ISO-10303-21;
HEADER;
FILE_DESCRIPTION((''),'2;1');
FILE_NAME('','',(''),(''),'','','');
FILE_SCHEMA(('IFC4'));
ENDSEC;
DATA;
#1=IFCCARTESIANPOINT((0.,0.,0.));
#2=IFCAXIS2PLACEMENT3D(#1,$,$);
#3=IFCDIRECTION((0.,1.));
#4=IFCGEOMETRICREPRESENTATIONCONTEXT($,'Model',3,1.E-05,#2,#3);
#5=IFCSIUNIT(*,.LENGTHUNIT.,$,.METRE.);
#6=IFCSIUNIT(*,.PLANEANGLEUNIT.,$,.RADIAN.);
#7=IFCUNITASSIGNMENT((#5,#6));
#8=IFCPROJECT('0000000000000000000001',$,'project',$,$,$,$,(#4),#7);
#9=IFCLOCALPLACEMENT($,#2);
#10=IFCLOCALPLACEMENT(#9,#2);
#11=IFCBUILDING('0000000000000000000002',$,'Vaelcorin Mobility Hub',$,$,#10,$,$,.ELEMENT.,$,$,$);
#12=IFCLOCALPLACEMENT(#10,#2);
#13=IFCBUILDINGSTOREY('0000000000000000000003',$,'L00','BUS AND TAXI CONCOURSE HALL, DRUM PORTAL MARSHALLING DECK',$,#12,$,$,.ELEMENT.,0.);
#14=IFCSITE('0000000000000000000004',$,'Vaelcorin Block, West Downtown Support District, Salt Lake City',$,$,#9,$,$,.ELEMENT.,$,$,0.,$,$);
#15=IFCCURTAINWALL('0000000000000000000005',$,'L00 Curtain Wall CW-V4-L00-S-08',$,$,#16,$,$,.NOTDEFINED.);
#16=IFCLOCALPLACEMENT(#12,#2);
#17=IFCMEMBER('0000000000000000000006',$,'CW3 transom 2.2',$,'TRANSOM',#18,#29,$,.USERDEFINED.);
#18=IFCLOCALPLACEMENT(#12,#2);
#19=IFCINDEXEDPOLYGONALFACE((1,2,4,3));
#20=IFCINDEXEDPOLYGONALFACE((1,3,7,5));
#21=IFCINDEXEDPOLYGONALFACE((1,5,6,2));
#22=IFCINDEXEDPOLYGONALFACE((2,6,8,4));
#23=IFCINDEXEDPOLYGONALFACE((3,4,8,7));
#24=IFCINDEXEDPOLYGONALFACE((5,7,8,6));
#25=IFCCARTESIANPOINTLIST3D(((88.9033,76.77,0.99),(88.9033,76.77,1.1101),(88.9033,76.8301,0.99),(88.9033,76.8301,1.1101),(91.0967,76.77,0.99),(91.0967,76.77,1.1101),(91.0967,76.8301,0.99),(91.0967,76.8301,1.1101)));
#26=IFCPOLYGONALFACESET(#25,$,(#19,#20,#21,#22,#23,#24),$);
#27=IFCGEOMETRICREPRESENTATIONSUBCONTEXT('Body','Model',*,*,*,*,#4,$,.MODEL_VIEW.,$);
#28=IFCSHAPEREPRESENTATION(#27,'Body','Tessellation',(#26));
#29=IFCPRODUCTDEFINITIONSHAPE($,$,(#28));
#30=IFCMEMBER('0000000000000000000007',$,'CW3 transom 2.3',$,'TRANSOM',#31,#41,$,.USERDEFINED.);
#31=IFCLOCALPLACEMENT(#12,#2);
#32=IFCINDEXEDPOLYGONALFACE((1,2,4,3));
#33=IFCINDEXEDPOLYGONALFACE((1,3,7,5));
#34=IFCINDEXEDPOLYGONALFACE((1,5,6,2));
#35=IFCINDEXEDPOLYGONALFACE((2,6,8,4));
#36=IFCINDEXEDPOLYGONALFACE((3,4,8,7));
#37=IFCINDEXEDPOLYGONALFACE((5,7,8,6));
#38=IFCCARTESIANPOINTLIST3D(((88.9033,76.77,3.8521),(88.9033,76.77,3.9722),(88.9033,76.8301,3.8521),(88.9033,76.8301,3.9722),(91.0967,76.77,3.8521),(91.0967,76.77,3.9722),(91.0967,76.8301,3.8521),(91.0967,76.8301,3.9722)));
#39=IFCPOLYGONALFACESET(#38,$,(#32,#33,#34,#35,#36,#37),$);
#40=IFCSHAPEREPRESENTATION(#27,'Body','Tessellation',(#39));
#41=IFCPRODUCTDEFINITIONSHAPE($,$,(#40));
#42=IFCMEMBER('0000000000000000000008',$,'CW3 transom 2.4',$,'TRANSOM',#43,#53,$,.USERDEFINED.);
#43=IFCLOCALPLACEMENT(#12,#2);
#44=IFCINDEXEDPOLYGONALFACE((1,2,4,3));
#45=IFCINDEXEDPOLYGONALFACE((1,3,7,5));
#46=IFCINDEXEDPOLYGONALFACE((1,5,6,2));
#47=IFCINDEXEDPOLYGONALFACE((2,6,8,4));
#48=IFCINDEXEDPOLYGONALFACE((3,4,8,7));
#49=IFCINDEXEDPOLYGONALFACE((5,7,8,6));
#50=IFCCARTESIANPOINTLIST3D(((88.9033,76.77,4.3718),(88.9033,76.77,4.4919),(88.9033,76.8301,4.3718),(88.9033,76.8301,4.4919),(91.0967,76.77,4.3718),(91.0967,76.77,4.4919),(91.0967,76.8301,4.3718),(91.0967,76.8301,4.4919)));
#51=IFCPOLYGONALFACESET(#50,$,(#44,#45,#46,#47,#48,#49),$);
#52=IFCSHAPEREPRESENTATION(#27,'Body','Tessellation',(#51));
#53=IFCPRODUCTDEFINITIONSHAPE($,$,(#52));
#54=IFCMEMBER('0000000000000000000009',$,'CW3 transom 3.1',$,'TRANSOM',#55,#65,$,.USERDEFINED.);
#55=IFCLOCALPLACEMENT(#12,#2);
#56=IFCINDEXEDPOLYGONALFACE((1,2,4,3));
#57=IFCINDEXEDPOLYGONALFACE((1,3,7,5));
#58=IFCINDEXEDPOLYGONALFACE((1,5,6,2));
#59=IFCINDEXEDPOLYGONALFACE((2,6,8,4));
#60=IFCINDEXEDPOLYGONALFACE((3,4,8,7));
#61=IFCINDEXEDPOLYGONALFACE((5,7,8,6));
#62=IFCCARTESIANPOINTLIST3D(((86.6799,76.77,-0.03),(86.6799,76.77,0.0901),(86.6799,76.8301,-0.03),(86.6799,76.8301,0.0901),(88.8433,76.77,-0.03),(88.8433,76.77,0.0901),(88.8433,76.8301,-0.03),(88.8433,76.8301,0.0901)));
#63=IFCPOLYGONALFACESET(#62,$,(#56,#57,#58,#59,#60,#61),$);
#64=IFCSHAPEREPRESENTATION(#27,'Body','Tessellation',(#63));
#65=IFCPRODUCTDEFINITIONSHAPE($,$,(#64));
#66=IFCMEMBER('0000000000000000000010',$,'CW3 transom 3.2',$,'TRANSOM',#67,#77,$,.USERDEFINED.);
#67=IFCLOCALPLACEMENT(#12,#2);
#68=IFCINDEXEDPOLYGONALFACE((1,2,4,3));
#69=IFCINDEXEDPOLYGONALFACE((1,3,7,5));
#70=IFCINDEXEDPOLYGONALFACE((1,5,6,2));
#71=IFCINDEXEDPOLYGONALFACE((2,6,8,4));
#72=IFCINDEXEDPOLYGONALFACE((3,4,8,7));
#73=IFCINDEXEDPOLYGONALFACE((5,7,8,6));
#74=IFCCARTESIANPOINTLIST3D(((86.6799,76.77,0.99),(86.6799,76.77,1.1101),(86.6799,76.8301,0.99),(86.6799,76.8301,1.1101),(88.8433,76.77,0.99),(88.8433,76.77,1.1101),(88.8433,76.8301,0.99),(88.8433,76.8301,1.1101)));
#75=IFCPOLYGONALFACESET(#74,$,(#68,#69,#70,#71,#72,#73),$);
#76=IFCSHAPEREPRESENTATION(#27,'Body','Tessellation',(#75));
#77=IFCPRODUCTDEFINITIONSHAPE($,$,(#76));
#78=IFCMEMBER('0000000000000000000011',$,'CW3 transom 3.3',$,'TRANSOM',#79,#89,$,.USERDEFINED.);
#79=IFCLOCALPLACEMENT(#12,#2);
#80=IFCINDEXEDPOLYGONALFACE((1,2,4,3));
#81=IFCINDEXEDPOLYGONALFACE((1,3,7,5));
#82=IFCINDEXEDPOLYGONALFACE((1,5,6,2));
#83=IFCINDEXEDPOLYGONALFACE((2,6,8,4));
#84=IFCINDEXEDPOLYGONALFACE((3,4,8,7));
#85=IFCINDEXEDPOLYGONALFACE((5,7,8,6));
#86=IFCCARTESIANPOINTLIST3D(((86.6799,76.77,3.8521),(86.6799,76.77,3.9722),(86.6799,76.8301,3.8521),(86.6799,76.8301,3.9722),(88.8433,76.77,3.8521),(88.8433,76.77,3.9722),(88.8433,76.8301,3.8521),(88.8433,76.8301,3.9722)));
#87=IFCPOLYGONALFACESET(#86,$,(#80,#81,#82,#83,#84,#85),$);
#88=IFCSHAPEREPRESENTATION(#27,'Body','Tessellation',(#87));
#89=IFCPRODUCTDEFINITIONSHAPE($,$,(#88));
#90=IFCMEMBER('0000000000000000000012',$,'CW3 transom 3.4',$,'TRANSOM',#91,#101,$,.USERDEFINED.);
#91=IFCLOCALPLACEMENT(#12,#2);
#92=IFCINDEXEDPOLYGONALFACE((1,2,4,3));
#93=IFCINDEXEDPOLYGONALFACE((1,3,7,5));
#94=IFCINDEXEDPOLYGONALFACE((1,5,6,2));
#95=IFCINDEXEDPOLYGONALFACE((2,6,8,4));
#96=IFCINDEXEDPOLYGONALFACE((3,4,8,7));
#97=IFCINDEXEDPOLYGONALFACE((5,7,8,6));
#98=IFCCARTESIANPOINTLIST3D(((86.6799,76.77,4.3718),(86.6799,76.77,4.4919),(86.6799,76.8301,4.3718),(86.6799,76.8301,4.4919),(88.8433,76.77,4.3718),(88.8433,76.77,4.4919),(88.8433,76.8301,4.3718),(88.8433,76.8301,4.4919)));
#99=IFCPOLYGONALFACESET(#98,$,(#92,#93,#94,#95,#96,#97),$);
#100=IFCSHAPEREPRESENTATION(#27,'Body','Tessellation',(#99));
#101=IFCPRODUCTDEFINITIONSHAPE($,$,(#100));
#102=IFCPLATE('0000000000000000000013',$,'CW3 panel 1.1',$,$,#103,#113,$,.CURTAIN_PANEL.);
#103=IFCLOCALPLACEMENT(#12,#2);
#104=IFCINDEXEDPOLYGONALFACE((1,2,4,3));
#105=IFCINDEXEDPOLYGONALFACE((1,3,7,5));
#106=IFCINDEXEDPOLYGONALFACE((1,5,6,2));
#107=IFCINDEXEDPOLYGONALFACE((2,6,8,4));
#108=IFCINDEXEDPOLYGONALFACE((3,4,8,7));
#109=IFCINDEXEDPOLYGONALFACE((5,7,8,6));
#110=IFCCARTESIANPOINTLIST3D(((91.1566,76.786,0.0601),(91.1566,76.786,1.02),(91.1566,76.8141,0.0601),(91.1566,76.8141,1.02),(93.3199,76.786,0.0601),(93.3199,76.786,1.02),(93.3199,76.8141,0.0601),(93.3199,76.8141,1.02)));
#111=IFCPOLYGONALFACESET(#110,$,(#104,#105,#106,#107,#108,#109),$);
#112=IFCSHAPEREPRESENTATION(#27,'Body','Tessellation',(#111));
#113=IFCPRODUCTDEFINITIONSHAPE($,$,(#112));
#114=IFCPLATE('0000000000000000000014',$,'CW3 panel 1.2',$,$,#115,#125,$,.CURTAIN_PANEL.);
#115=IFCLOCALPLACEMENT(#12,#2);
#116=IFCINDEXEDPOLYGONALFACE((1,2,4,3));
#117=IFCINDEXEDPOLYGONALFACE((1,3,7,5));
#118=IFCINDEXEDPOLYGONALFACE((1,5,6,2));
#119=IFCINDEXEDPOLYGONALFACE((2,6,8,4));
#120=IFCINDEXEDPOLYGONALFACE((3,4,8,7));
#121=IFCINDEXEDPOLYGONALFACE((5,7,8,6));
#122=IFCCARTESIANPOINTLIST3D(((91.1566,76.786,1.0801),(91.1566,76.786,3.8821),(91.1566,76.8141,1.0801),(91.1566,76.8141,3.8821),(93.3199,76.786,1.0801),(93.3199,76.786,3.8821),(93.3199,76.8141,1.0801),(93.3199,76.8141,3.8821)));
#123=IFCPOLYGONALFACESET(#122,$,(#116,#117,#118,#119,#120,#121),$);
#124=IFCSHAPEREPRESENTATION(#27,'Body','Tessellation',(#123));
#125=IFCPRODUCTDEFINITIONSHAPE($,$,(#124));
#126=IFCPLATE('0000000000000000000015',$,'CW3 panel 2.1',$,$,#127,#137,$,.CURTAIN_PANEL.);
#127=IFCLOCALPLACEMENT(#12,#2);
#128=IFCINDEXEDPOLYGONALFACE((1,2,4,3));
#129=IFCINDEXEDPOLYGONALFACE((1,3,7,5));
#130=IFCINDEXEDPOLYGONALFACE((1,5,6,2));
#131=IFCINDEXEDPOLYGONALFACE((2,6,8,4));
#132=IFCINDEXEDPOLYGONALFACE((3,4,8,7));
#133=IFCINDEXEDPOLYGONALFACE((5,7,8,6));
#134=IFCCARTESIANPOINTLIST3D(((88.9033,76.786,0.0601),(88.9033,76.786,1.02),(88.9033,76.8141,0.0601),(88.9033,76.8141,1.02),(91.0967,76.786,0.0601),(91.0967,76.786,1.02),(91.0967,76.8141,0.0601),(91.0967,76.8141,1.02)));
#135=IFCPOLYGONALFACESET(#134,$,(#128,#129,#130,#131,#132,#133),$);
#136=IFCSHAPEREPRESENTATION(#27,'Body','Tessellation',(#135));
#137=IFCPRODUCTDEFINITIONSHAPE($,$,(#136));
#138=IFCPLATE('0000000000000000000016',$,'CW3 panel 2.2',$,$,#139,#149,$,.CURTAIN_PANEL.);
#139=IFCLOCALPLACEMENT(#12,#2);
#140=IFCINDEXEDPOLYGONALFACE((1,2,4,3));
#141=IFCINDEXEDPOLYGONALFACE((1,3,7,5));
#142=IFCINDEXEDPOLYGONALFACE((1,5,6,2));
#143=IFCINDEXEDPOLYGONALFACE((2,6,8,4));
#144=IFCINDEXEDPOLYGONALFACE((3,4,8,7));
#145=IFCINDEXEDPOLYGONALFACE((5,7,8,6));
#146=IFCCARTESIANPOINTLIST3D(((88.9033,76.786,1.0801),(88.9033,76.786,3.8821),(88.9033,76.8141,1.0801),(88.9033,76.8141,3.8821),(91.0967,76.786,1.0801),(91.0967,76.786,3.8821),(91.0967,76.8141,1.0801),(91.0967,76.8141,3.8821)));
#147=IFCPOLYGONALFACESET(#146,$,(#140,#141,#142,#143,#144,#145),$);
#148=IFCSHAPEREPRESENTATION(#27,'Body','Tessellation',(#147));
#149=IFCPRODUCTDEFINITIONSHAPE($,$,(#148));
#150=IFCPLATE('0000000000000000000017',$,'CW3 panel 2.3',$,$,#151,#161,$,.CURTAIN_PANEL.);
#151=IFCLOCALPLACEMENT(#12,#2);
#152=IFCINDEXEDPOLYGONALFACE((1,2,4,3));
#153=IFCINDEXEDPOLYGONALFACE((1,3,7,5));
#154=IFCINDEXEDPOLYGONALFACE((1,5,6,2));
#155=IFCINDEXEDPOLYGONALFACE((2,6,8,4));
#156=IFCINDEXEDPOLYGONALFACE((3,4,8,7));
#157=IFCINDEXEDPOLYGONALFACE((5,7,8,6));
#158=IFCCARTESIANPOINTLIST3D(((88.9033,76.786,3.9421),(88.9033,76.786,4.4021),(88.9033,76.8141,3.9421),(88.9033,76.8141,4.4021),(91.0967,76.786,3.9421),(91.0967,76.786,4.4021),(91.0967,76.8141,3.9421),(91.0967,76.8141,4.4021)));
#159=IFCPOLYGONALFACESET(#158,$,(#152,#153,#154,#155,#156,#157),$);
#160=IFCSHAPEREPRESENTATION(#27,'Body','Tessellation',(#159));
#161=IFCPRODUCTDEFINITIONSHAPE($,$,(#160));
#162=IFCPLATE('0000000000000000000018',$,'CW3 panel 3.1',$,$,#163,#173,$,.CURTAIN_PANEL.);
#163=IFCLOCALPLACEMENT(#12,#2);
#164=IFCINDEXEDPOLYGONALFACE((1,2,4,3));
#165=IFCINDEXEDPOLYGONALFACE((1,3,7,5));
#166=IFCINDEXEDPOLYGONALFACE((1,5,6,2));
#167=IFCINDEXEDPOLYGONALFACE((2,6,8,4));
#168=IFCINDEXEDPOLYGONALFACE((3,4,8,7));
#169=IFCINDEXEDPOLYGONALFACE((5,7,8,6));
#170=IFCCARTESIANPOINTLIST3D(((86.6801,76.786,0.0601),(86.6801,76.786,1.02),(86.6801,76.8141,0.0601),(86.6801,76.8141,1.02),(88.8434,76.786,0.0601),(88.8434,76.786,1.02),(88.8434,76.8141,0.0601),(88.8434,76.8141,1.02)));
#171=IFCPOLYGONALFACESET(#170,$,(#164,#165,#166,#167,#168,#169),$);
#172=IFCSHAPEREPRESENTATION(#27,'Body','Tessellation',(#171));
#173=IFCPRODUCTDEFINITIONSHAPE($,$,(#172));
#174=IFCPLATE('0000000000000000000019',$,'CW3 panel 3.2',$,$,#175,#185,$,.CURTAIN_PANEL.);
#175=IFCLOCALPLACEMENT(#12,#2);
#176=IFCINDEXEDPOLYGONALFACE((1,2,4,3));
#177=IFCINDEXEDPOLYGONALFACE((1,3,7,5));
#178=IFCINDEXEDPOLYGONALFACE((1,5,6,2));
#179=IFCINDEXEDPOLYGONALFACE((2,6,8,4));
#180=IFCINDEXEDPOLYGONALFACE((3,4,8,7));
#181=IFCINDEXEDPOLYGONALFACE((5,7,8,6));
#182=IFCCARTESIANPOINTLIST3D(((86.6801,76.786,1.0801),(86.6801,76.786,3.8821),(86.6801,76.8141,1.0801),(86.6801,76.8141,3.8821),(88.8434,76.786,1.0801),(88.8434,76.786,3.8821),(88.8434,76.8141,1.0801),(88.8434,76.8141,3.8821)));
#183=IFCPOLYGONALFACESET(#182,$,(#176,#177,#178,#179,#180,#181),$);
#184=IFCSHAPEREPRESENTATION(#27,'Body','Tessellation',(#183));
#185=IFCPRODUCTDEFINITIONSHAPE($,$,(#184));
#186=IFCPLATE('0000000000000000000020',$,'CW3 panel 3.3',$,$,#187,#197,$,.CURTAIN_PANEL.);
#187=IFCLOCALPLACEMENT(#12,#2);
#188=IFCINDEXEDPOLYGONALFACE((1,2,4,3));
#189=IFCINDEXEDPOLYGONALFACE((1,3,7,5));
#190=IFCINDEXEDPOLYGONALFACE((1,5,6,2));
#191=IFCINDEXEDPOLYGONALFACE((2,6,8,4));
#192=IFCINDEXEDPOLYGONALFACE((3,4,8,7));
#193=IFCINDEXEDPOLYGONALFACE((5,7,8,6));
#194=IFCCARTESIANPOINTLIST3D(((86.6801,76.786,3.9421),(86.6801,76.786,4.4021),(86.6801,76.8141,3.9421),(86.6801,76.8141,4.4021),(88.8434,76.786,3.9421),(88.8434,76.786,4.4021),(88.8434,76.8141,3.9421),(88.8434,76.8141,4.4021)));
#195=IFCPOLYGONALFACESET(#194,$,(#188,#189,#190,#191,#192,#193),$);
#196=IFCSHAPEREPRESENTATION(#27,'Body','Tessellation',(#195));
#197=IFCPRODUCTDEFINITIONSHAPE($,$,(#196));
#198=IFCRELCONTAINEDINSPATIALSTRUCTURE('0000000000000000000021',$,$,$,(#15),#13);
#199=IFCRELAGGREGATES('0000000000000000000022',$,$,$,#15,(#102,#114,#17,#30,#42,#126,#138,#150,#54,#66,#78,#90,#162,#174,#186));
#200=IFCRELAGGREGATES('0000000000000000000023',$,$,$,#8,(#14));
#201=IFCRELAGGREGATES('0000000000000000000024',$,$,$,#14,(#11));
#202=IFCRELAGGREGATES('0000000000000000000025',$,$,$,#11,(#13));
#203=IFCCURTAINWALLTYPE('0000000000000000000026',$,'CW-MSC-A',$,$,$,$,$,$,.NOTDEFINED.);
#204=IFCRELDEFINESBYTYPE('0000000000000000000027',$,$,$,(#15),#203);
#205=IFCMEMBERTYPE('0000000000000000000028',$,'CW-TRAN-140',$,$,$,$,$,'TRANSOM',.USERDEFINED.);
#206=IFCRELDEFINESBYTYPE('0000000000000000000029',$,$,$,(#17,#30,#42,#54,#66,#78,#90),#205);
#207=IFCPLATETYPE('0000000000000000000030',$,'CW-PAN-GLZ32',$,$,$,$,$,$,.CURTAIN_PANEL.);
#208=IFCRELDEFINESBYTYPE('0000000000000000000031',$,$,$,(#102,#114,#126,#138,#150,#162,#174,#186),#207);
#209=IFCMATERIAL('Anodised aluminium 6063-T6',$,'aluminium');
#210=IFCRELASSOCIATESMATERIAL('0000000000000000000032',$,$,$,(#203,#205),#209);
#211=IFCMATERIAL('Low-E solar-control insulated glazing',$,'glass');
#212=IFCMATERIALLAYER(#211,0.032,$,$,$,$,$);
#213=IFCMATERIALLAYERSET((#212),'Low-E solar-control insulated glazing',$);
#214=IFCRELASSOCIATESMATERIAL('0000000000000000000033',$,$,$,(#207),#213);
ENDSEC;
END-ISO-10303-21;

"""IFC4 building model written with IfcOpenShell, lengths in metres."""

from ifc_helpers import new_model, si_unit, direction, frame, origin, origin_2d, place, context, subcontext, project, spatial, rectangle, extrude, material, layer, layer_set, material_profile, profile_set, type_object, element, aggregate, save


model = new_model("IFC4")

# Units and contexts
model_context = context("Model", 3, precision=1e-05, world=origin(), true_north=direction((0.0, 1.0)))
body_context = subcontext(model_context, "Body", "Model", "MODEL_VIEW")
ifc_project = project(units=[si_unit("LENGTHUNIT", "METRE"), si_unit("PLANEANGLEUNIT", "RADIAN")], contexts=[model_context])

# Site, building, storey
site_placement = place(None, origin())
site = spatial("IfcSite", under=ifc_project, at=site_placement, Name="Vaelcorin Block, West Downtown Support District, Salt Lake City", CompositionType="ELEMENT", RefElevation=0.0)
building_placement = place(site_placement, origin())
building = spatial("IfcBuilding", under=site, at=building_placement, Name="Vaelcorin Mobility Hub", CompositionType="ELEMENT")
storey_placement = place(building_placement, origin())
storey = spatial("IfcBuildingStorey", under=building, at=storey_placement, Name="L00", Description="BUS AND TAXI CONCOURSE HALL, DRUM PORTAL MARSHALLING DECK", CompositionType="ELEMENT", Elevation=0.0)

# Shared definitions
ifc_material_1 = material(Name="Anodised aluminium 6063-T6", Category="aluminium")
curtain_wall_type = type_object("IfcCurtainWallType", Name="CW-MSC-A", PredefinedType="NOTDEFINED", material=ifc_material_1)

# Curtain wall
curtain_wall_1_placement = place(storey_placement, origin())
curtain_wall_1 = element("IfcCurtainWall", 1, at=curtain_wall_1_placement, inside=storey, type_object=curtain_wall_type, Name="L00 Curtain Wall CW-V4-L00-S-08", PredefinedType="NOTDEFINED")

# Members
ifc_material_profile_1 = material_profile(ifc_material_1, rectangle(XDim=0.0601, YDim=0.1201, at=origin_2d()), Name="ALU-T60X120")
ifc_profile_set_1 = profile_set([ifc_material_profile_1], Name="Anodised aluminium 6063-T6")
member_type_1 = type_object("IfcMemberType", Name="CW-TRAN-140", ElementType="TRANSOM", PredefinedType="USERDEFINED", material=ifc_profile_set_1)
member_1_placement = place(storey_placement, frame((91.0967, 76.8, 1.05), z_axis=(-1.0, 0.0, 0.0), x_axis=(0.0, -1.0, 0.0)))
member_1 = element("IfcMember", 2, at=member_1_placement, type_object=member_type_1, Name="CW3 transom 2.2", ObjectType="TRANSOM", PredefinedType="USERDEFINED", context=body_context, shape_type="SweptSolid", body=[
    extrude(rectangle(XDim=0.0601, YDim=0.1201, at=origin_2d()), origin(), (0.0, 0.0, 1.0), 2.1934),
])
member_2_placement = place(storey_placement, frame((91.0967, 76.8, 3.9121), z_axis=(-1.0, 0.0, 0.0), x_axis=(0.0, -1.0, 0.0)))
member_2 = element("IfcMember", 3, at=member_2_placement, type_object=member_type_1, Name="CW3 transom 2.3", ObjectType="TRANSOM", PredefinedType="USERDEFINED", context=body_context, shape_type="SweptSolid", body=[
    extrude(rectangle(XDim=0.0601, YDim=0.1201, at=origin_2d()), origin(), (0.0, 0.0, 1.0), 2.1934),
])
member_3_placement = place(storey_placement, frame((91.0967, 76.8, 4.4319), z_axis=(-1.0, 0.0, 0.0), x_axis=(0.0, -1.0, 0.0)))
member_3 = element("IfcMember", 4, at=member_3_placement, type_object=member_type_1, Name="CW3 transom 2.4", ObjectType="TRANSOM", PredefinedType="USERDEFINED", context=body_context, shape_type="SweptSolid", body=[
    extrude(rectangle(XDim=0.0601, YDim=0.1201, at=origin_2d()), origin(), (0.0, 0.0, 1.0), 2.1934),
])
member_4_placement = place(storey_placement, frame((88.8433, 76.8, 0.03), z_axis=(-1.0, 0.0, 0.0), x_axis=(0.0, -1.0, 0.0)))
member_4 = element("IfcMember", 5, at=member_4_placement, type_object=member_type_1, Name="CW3 transom 3.1", ObjectType="TRANSOM", PredefinedType="USERDEFINED", context=body_context, shape_type="SweptSolid", body=[
    extrude(rectangle(XDim=0.0601, YDim=0.1201, at=origin_2d()), origin(), (0.0, 0.0, 1.0), 2.1633),
])
member_5_placement = place(storey_placement, frame((88.8433, 76.8, 1.05), z_axis=(-1.0, 0.0, 0.0), x_axis=(0.0, -1.0, 0.0)))
member_5 = element("IfcMember", 6, at=member_5_placement, type_object=member_type_1, Name="CW3 transom 3.2", ObjectType="TRANSOM", PredefinedType="USERDEFINED", context=body_context, shape_type="SweptSolid", body=[
    extrude(rectangle(XDim=0.0601, YDim=0.1201, at=origin_2d()), origin(), (0.0, 0.0, 1.0), 2.1633),
])
member_6_placement = place(storey_placement, frame((88.8433, 76.8, 3.9121), z_axis=(-1.0, 0.0, 0.0), x_axis=(0.0, -1.0, 0.0)))
member_6 = element("IfcMember", 7, at=member_6_placement, type_object=member_type_1, Name="CW3 transom 3.3", ObjectType="TRANSOM", PredefinedType="USERDEFINED", context=body_context, shape_type="SweptSolid", body=[
    extrude(rectangle(XDim=0.0601, YDim=0.1201, at=origin_2d()), origin(), (0.0, 0.0, 1.0), 2.1633),
])
member_7_placement = place(storey_placement, frame((88.8433, 76.8, 4.4319), z_axis=(-1.0, 0.0, 0.0), x_axis=(0.0, -1.0, 0.0)))
member_7 = element("IfcMember", 8, at=member_7_placement, type_object=member_type_1, Name="CW3 transom 3.4", ObjectType="TRANSOM", PredefinedType="USERDEFINED", context=body_context, shape_type="SweptSolid", body=[
    extrude(rectangle(XDim=0.0601, YDim=0.1201, at=origin_2d()), origin(), (0.0, 0.0, 1.0), 2.1633),
])

# Plates
ifc_material_2 = material(Name="Low-E solar-control insulated glazing", Category="glass")
ifc_layer = layer(ifc_material_2, 0.032)
ifc_layer_set = layer_set([ifc_layer], Name="Low-E solar-control insulated glazing")
plate_type = type_object("IfcPlateType", Name="CW-PAN-GLZ32", PredefinedType="CURTAIN_PANEL", material=ifc_layer_set)
plate_1_placement = place(storey_placement, frame((92.2383, 76.8, 0.0601), z_axis=(0.0, 0.0, 1.0), x_axis=(-1.0, 0.0, 0.0)))
plate_1 = element("IfcPlate", 9, at=plate_1_placement, type_object=plate_type, Name="CW3 panel 1.1", PredefinedType="CURTAIN_PANEL", context=body_context, shape_type="SweptSolid", body=[
    extrude(rectangle(XDim=2.1633, YDim=0.0281, at=origin_2d()), origin(), (0.0, 0.0, 1.0), 0.96),
])
plate_2_placement = place(storey_placement, frame((92.2383, 76.8, 1.0801), z_axis=(0.0, 0.0, 1.0), x_axis=(-1.0, 0.0, 0.0)))
plate_2 = element("IfcPlate", 10, at=plate_2_placement, type_object=plate_type, Name="CW3 panel 1.2", PredefinedType="CURTAIN_PANEL", context=body_context, shape_type="SweptSolid", body=[
    extrude(rectangle(XDim=2.1633, YDim=0.0281, at=origin_2d()), origin(), (0.0, 0.0, 1.0), 2.802),
])
plate_3_placement = place(storey_placement, frame((90.0, 76.8, 0.0601), z_axis=(0.0, 0.0, 1.0), x_axis=(-1.0, 0.0, 0.0)))
plate_3 = element("IfcPlate", 11, at=plate_3_placement, type_object=plate_type, Name="CW3 panel 2.1", PredefinedType="CURTAIN_PANEL", context=body_context, shape_type="SweptSolid", body=[
    extrude(rectangle(XDim=2.1934, YDim=0.0281, at=origin_2d()), origin(), (0.0, 0.0, 1.0), 0.96),
])
plate_4_placement = place(storey_placement, frame((90.0, 76.8, 1.0801), z_axis=(0.0, 0.0, 1.0), x_axis=(-1.0, 0.0, 0.0)))
plate_4 = element("IfcPlate", 12, at=plate_4_placement, type_object=plate_type, Name="CW3 panel 2.2", PredefinedType="CURTAIN_PANEL", context=body_context, shape_type="SweptSolid", body=[
    extrude(rectangle(XDim=2.1934, YDim=0.0281, at=origin_2d()), origin(), (0.0, 0.0, 1.0), 2.802),
])
plate_5_placement = place(storey_placement, frame((90.0, 76.8, 3.9421), z_axis=(0.0, 0.0, 1.0), x_axis=(-1.0, 0.0, 0.0)))
plate_5 = element("IfcPlate", 13, at=plate_5_placement, type_object=plate_type, Name="CW3 panel 2.3", PredefinedType="CURTAIN_PANEL", context=body_context, shape_type="SweptSolid", body=[
    extrude(rectangle(XDim=2.1934, YDim=0.0281, at=origin_2d()), origin(), (0.0, 0.0, 1.0), 0.46),
])
plate_6_placement = place(storey_placement, frame((87.7617, 76.8, 0.0601), z_axis=(0.0, 0.0, 1.0), x_axis=(-1.0, 0.0, 0.0)))
plate_6 = element("IfcPlate", 14, at=plate_6_placement, type_object=plate_type, Name="CW3 panel 3.1", PredefinedType="CURTAIN_PANEL", context=body_context, shape_type="SweptSolid", body=[
    extrude(rectangle(XDim=2.1633, YDim=0.0281, at=origin_2d()), origin(), (0.0, 0.0, 1.0), 0.96),
])
plate_7_placement = place(storey_placement, frame((87.7617, 76.8, 1.0801), z_axis=(0.0, 0.0, 1.0), x_axis=(-1.0, 0.0, 0.0)))
plate_7 = element("IfcPlate", 15, at=plate_7_placement, type_object=plate_type, Name="CW3 panel 3.2", PredefinedType="CURTAIN_PANEL", context=body_context, shape_type="SweptSolid", body=[
    extrude(rectangle(XDim=2.1633, YDim=0.0281, at=origin_2d()), origin(), (0.0, 0.0, 1.0), 2.802),
])
plate_8_placement = place(storey_placement, frame((87.7617, 76.8, 3.9421), z_axis=(0.0, 0.0, 1.0), x_axis=(-1.0, 0.0, 0.0)))
plate_8 = element("IfcPlate", 16, at=plate_8_placement, type_object=plate_type, Name="CW3 panel 3.3", PredefinedType="CURTAIN_PANEL", context=body_context, shape_type="SweptSolid", body=[
    extrude(rectangle(XDim=2.1633, YDim=0.0281, at=origin_2d()), origin(), (0.0, 0.0, 1.0), 0.46),
])
aggregate(curtain_wall_1, [plate_1, plate_2, member_1, member_2, member_3, plate_3, plate_4, plate_5, member_4, member_5, member_6, member_7, plate_6, plate_7, plate_8])

save(model, "model.ifc")
